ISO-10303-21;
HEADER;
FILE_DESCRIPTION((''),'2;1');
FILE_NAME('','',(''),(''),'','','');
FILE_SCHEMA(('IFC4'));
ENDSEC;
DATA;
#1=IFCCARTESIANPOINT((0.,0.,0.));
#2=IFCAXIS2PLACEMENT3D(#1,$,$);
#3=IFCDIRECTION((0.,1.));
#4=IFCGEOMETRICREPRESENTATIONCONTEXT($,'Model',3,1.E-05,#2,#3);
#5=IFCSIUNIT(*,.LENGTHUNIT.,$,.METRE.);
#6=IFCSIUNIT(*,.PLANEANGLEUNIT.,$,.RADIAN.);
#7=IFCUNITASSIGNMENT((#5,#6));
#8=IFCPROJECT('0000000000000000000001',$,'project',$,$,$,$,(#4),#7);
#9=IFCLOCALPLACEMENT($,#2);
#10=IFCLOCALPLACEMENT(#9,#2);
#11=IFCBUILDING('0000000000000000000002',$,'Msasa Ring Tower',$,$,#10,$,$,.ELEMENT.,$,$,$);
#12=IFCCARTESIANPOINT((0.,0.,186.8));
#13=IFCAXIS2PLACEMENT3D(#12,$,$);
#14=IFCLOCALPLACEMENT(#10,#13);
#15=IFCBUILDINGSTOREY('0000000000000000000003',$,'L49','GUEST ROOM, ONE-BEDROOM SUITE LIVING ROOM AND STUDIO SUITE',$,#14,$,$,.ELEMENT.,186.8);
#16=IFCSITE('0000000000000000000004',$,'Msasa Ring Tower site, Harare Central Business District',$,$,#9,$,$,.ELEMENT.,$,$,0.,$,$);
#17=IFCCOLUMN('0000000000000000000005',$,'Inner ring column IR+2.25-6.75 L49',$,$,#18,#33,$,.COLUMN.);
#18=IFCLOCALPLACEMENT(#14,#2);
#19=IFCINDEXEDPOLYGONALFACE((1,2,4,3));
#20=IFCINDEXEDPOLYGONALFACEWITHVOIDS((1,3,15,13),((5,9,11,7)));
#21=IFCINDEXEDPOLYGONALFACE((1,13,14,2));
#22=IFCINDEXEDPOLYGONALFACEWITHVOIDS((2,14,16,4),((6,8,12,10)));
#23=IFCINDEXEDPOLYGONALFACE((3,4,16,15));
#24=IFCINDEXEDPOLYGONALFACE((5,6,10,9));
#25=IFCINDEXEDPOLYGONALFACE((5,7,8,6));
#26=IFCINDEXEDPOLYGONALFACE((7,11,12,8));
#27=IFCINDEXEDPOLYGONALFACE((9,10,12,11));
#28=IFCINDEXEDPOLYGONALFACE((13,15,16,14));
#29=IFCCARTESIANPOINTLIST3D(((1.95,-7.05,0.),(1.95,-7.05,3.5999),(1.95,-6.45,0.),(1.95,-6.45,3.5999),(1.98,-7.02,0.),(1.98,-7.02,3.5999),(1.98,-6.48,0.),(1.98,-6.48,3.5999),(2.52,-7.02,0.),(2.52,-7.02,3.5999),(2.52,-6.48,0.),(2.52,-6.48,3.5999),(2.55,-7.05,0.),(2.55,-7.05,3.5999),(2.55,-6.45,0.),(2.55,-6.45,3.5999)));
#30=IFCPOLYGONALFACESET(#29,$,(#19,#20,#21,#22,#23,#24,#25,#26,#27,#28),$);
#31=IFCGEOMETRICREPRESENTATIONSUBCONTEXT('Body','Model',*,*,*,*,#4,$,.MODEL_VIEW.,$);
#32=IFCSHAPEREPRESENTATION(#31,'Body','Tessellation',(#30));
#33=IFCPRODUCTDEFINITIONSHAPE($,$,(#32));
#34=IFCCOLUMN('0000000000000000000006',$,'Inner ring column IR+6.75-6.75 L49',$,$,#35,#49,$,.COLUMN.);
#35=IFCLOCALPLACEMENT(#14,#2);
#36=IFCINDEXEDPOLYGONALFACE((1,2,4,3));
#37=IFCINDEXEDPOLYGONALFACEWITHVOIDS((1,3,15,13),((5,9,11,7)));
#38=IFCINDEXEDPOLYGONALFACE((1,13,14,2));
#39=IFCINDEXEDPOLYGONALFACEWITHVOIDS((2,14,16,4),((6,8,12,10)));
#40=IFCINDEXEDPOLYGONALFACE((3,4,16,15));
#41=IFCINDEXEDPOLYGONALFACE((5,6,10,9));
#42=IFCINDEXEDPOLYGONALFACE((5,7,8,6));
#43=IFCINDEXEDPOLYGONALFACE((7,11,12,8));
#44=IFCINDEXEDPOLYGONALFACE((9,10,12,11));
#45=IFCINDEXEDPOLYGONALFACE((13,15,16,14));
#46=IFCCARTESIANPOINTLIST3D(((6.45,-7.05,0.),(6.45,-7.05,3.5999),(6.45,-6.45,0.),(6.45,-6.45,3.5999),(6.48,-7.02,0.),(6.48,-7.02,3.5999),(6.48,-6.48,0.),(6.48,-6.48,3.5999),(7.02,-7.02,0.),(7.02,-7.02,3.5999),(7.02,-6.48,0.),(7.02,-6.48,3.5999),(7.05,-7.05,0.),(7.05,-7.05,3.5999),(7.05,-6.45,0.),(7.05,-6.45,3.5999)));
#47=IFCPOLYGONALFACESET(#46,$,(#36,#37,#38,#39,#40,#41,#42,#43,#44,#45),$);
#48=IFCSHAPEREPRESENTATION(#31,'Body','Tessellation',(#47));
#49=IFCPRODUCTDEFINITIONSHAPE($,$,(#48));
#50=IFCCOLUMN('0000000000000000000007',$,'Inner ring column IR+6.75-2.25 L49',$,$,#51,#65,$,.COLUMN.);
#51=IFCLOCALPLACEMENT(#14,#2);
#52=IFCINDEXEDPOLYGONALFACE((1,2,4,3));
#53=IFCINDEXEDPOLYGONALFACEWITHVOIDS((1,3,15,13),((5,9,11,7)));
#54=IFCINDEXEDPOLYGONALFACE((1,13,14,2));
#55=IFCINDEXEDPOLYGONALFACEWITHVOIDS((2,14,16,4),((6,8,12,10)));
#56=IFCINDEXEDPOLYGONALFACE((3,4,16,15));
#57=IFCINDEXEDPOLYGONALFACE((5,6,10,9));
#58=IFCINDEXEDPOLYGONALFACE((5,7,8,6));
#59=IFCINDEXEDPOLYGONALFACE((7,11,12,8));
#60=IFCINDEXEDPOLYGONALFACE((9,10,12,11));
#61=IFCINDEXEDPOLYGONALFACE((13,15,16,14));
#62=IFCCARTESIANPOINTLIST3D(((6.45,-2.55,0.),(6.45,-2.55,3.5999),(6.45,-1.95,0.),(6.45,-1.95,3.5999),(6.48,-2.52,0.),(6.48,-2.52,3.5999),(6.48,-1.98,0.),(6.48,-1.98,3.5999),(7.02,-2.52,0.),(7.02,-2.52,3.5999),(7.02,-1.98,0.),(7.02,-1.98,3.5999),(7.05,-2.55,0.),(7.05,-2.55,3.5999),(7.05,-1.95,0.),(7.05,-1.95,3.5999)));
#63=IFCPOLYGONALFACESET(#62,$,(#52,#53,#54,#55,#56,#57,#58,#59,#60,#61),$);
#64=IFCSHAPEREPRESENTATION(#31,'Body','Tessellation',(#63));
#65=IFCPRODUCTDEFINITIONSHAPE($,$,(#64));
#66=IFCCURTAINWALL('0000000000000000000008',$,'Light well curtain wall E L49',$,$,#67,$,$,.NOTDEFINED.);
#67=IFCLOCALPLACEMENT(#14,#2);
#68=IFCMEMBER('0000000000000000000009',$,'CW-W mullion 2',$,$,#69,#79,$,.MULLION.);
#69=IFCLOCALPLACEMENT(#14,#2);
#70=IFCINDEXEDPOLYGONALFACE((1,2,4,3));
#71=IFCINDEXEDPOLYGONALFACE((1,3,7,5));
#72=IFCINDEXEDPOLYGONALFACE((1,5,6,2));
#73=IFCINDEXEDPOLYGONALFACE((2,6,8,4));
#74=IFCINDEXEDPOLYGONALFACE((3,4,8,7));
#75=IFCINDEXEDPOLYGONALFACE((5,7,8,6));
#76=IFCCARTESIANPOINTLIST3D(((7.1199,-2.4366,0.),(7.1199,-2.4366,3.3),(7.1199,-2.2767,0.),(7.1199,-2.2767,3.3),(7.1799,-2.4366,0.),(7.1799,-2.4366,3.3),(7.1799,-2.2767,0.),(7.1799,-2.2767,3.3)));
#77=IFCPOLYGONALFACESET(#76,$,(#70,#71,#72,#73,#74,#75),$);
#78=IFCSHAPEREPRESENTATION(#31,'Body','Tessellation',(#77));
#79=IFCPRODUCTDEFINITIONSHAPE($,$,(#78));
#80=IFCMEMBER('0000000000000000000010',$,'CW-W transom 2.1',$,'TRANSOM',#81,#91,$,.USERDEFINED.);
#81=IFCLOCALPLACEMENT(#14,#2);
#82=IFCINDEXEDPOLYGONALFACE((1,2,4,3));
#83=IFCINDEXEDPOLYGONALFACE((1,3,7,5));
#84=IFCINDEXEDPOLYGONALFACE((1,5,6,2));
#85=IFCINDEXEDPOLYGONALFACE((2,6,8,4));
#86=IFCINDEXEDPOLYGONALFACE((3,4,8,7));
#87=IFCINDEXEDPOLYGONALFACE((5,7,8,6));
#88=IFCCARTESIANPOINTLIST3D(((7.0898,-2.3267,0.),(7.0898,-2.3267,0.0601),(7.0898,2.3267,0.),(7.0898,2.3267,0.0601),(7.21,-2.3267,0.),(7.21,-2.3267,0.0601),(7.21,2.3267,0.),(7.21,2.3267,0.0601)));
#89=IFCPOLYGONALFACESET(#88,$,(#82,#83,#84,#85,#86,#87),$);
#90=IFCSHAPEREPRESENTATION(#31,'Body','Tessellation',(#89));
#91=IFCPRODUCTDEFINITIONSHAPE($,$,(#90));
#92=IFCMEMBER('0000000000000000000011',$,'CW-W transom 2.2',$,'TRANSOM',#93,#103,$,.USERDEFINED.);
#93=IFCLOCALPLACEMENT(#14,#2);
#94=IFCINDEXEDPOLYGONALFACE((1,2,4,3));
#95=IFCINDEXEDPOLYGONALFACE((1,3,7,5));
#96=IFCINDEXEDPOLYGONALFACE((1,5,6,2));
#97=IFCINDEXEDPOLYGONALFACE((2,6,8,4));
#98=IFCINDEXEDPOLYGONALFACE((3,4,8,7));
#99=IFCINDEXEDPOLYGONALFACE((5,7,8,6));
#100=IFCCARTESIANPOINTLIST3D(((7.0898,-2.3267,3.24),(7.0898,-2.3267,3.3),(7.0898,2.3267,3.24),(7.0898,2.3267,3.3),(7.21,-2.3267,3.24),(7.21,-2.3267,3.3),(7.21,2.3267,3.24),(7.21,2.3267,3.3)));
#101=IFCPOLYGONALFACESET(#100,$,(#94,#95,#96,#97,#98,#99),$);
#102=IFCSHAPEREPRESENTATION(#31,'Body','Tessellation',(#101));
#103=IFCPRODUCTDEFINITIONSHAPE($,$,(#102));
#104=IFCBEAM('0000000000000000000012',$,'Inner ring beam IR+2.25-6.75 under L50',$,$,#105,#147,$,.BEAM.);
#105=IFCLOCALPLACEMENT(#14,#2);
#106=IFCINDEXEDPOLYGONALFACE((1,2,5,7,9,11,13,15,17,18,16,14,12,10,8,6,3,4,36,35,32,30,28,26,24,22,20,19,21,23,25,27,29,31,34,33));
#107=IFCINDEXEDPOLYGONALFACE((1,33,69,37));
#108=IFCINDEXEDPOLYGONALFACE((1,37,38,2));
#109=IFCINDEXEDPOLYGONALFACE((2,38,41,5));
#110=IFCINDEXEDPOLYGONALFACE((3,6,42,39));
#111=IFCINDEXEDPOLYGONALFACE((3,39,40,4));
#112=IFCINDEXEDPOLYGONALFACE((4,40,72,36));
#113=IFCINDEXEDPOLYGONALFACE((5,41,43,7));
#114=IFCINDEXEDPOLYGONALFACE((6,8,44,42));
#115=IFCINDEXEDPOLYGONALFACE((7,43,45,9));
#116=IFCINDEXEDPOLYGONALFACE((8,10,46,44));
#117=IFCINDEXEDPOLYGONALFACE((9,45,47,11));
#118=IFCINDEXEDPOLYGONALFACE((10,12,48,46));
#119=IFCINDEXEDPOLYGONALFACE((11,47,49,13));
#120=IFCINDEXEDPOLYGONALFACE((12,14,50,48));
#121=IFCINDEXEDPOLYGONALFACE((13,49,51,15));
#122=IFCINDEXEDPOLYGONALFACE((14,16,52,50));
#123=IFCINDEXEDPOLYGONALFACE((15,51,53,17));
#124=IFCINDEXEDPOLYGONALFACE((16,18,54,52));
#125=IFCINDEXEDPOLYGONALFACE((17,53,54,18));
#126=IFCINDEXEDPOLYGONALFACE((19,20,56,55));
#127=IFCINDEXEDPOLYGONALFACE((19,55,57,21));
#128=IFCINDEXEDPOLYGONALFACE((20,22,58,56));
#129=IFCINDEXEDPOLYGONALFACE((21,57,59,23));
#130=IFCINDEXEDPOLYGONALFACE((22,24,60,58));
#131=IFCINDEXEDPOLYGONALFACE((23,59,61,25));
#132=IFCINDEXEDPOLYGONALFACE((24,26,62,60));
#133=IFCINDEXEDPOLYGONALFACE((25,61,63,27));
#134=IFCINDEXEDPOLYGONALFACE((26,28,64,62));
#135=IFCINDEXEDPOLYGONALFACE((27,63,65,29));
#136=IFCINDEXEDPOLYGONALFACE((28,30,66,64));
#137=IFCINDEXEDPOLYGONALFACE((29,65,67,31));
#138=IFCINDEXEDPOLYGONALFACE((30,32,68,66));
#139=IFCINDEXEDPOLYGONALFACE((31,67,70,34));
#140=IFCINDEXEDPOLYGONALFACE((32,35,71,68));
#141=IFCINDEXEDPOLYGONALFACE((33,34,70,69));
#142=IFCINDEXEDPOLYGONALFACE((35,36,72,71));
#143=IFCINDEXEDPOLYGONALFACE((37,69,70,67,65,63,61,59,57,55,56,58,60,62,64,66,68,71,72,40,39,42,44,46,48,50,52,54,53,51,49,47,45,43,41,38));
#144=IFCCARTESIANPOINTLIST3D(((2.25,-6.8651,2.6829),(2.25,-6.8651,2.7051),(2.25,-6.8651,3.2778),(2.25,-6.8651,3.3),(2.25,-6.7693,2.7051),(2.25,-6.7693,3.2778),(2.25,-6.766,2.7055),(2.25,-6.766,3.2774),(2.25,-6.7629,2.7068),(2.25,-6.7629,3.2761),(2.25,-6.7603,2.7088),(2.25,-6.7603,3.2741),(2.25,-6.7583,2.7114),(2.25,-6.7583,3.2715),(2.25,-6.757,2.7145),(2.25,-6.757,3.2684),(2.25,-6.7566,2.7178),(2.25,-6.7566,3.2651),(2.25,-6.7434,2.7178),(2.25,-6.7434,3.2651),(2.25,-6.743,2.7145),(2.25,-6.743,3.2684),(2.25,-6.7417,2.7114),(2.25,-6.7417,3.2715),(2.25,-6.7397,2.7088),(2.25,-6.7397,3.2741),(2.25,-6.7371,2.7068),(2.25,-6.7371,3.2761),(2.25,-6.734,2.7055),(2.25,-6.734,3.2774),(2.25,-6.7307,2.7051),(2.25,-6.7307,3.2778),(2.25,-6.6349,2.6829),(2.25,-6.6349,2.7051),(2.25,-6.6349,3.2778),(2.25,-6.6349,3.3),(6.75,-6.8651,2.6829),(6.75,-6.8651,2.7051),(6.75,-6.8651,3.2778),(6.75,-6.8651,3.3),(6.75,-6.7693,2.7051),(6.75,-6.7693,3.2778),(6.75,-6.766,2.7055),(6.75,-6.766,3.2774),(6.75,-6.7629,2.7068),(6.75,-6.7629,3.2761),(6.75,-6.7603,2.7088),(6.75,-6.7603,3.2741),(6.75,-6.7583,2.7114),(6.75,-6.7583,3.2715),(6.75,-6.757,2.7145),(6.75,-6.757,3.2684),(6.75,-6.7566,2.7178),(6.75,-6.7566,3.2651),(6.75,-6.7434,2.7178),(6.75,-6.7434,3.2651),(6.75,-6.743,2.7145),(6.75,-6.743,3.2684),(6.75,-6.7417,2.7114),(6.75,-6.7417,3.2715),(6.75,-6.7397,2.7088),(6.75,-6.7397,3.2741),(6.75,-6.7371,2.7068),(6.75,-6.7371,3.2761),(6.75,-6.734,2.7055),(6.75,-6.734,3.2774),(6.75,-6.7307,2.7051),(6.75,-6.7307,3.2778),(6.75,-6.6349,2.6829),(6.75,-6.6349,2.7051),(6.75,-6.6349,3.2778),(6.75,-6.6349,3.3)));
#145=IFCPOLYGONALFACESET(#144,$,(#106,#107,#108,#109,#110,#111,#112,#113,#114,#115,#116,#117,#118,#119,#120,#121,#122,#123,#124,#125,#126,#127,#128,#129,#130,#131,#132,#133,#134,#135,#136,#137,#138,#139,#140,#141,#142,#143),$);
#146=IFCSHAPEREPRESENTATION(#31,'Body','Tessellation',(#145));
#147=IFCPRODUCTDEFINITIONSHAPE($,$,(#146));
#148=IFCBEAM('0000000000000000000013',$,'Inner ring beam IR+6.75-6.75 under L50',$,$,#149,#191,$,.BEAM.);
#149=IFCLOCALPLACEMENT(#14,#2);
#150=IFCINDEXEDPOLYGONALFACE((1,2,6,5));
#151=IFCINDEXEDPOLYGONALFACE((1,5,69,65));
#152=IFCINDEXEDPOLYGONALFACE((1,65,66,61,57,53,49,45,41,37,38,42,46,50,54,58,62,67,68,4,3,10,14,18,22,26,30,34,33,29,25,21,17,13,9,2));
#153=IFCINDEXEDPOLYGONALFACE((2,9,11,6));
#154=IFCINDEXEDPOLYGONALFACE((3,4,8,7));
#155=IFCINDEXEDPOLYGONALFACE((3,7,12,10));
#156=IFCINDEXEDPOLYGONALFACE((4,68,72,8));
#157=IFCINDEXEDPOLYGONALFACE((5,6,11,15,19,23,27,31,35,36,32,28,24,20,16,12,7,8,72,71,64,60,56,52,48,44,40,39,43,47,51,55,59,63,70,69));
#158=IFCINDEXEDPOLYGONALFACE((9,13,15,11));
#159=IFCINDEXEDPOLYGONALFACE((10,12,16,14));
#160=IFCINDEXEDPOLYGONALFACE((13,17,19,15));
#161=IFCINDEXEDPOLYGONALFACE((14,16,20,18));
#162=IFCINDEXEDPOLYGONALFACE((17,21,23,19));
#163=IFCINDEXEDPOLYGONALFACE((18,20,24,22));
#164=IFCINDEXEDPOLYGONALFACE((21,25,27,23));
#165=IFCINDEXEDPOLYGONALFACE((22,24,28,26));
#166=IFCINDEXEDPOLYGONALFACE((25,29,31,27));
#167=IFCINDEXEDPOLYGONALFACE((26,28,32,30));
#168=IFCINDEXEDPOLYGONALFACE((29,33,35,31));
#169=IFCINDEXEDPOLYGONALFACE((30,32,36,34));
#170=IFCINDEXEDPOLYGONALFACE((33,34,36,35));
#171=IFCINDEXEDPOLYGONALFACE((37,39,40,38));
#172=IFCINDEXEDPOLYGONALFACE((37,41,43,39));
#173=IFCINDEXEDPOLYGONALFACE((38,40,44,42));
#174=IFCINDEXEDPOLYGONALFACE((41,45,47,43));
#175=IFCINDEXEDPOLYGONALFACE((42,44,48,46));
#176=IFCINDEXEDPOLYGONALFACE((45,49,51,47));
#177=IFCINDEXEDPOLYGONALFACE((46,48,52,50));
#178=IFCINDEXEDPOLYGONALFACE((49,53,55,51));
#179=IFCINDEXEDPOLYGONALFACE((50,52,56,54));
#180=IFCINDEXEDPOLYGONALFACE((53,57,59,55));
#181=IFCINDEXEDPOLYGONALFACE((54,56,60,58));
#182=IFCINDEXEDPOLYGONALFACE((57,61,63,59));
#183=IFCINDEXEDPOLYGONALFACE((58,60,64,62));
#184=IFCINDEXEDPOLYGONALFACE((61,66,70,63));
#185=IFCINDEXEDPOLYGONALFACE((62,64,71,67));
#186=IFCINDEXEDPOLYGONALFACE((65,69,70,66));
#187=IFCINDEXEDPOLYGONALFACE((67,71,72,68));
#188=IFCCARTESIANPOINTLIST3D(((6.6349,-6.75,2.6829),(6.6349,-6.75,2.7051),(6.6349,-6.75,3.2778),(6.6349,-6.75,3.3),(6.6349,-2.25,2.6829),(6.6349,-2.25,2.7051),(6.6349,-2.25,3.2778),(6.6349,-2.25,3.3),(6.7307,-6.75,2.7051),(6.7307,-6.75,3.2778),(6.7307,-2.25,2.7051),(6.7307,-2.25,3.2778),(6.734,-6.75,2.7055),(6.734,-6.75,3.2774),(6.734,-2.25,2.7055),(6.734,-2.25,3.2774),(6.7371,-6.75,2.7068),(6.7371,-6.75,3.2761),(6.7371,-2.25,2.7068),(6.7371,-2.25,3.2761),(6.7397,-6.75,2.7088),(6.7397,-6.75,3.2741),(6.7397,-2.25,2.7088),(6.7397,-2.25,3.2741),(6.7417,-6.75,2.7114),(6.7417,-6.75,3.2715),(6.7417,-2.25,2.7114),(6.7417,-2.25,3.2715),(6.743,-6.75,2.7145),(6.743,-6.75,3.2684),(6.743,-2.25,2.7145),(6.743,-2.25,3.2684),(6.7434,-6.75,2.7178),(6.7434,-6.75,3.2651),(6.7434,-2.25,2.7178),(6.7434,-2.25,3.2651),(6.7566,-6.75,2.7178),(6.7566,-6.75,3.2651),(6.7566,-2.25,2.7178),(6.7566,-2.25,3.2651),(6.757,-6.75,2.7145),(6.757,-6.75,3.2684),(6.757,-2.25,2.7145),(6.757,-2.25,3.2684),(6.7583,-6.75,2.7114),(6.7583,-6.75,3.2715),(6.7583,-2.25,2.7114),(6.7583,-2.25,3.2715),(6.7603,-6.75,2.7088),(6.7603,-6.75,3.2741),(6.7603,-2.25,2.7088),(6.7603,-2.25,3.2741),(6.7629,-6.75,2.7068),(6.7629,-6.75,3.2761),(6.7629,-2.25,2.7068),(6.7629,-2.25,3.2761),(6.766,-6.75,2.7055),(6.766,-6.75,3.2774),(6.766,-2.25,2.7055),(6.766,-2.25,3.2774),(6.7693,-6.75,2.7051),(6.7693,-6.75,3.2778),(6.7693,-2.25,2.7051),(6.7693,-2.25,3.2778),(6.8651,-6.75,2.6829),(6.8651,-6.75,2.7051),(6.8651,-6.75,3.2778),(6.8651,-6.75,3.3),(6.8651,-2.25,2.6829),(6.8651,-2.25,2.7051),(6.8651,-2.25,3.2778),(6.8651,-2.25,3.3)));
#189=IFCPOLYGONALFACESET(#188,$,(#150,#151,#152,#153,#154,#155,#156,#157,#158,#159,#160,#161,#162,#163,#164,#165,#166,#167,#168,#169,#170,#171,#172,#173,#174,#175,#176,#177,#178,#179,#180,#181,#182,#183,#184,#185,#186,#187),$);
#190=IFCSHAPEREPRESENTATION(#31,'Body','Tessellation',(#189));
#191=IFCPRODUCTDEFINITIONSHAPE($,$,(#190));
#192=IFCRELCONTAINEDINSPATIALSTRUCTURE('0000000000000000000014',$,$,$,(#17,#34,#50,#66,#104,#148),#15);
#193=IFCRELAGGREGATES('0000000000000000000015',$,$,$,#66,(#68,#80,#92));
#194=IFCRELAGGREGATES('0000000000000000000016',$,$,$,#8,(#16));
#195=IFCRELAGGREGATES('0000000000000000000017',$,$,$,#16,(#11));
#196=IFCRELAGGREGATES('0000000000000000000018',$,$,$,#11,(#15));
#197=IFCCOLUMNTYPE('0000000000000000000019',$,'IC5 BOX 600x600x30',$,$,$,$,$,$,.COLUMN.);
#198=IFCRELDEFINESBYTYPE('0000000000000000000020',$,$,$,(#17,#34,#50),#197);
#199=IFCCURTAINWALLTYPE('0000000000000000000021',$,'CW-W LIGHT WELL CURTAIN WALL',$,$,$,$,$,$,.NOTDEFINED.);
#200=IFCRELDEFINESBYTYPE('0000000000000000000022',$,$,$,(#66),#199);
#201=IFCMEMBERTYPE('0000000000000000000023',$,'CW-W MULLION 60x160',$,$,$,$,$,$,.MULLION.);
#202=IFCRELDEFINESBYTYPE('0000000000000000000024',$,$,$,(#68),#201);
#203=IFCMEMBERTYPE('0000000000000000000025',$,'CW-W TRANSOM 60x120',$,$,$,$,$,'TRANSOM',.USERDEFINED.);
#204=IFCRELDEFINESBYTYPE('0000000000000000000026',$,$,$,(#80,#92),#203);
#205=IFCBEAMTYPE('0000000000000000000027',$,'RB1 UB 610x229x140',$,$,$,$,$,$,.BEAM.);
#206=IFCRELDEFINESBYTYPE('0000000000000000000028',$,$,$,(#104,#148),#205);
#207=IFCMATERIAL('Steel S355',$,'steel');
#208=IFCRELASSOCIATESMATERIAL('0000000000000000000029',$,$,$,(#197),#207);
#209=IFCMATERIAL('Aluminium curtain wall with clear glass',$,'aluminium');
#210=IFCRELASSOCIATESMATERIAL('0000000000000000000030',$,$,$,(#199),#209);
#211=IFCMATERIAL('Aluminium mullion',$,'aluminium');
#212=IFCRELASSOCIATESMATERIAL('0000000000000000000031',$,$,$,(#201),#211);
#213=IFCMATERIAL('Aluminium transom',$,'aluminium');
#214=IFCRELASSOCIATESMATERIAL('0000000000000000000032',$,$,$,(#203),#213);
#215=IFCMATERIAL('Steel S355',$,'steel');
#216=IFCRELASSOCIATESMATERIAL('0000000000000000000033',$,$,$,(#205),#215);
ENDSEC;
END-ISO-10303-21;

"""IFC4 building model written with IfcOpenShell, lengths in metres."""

from ifc_helpers import new_model, si_unit, direction, frame, origin, origin_2d, place, context, subcontext, project, spatial, rectangle, hollow_rectangle, i_section, extrude, material, material_profile, profile_set, type_object, element, aggregate, save


model = new_model("IFC4")

# Units and contexts
model_context = context("Model", 3, precision=1e-05, world=origin(), true_north=direction((0.0, 1.0)))
body_context = subcontext(model_context, "Body", "Model", "MODEL_VIEW")
ifc_project = project(units=[si_unit("LENGTHUNIT", "METRE"), si_unit("PLANEANGLEUNIT", "RADIAN")], contexts=[model_context])

# Site, building, storey
site_placement = place(None, origin())
site = spatial("IfcSite", under=ifc_project, at=site_placement, Name="Msasa Ring Tower site, Harare Central Business District", CompositionType="ELEMENT", RefElevation=0.0)
building_placement = place(site_placement, origin())
building = spatial("IfcBuilding", under=site, at=building_placement, Name="Msasa Ring Tower", CompositionType="ELEMENT")
storey_placement = place(building_placement, frame((0.0, 0.0, 186.8)))
storey = spatial("IfcBuildingStorey", under=building, at=storey_placement, Name="L49", Description="GUEST ROOM, ONE-BEDROOM SUITE LIVING ROOM AND STUDIO SUITE", CompositionType="ELEMENT", Elevation=186.8)

# Columns
ifc_material_1 = material(Name="Steel S355", Category="steel")
ifc_material_profile_1 = material_profile(ifc_material_1, hollow_rectangle(XDim=0.6001, YDim=0.6001, WallThickness=0.03, at=origin_2d()), Name="BOX 600x600x30")
ifc_profile_set_1 = profile_set([ifc_material_profile_1], Name="Steel S355")
column_type = type_object("IfcColumnType", Name="IC5 BOX 600x600x30", PredefinedType="COLUMN", material=ifc_profile_set_1)
for number, where, z_axis, x_axis, name in (
    (1, (2.25, -6.75, 0.0), (0.0, 0.0, 1.0), (1.0, 0.0, 0.0), "Inner ring column IR+2.25-6.75 L49"),
    (2, (6.75, -6.75, 0.0), (0.0, 0.0, 1.0), (1.0, 0.0, 0.0), "Inner ring column IR+6.75-6.75 L49"),
    (3, (6.75, -2.25, 0.0), (0.0, 0.0, 1.0), (1.0, 0.0, 0.0), "Inner ring column IR+6.75-2.25 L49"),
):
    element("IfcColumn", number, at=place(storey_placement, frame(where, z_axis=z_axis, x_axis=x_axis)), inside=storey, type_object=column_type, Name=name, PredefinedType="COLUMN", context=body_context, shape_type="SweptSolid", body=[
        extrude(hollow_rectangle(XDim=0.6001, YDim=0.6001, WallThickness=0.03, at=origin_2d()), origin(), (0.0, 0.0, 1.0), 3.5999),
    ])

# Curtain wall, members
ifc_material_2 = material(Name="Aluminium curtain wall with clear glass", Category="aluminium")
curtain_wall_type = type_object("IfcCurtainWallType", Name="CW-W LIGHT WELL CURTAIN WALL", PredefinedType="NOTDEFINED", material=ifc_material_2)
curtain_wall_placement = place(storey_placement, origin())
curtain_wall = element("IfcCurtainWall", 4, at=curtain_wall_placement, inside=storey, type_object=curtain_wall_type, Name="Light well curtain wall E L49", PredefinedType="NOTDEFINED")
ifc_material_3 = material(Name="Aluminium mullion", Category="aluminium")
ifc_material_profile_2 = material_profile(ifc_material_3, rectangle(XDim=0.0601, YDim=0.1599, at=origin_2d()), Name="AL 60x160")
ifc_profile_set_2 = profile_set([ifc_material_profile_2], Name="Aluminium mullion")
member_type_1 = type_object("IfcMemberType", Name="CW-W MULLION 60x160", PredefinedType="MULLION", material=ifc_profile_set_2)
member_1_placement = place(storey_placement, frame((7.1499, -2.3567, 0.0), z_axis=(0.0, 0.0, 1.0), x_axis=(-1.0, 0.0, 0.0)))
member_1 = element("IfcMember", 5, at=member_1_placement, type_object=member_type_1, Name="CW-W mullion 2", PredefinedType="MULLION", context=body_context, shape_type="SweptSolid", body=[
    extrude(rectangle(XDim=0.0601, YDim=0.1599, at=origin_2d()), origin(), (0.0, 0.0, 1.0), 3.3),
])
ifc_material_4 = material(Name="Aluminium transom", Category="aluminium")
ifc_material_profile_3 = material_profile(ifc_material_4, rectangle(XDim=0.1201, YDim=0.0601, at=origin_2d()), Name="AL 60x120")
ifc_profile_set_3 = profile_set([ifc_material_profile_3], Name="Aluminium transom")
member_type_2 = type_object("IfcMemberType", Name="CW-W TRANSOM 60x120", ElementType="TRANSOM", PredefinedType="USERDEFINED", material=ifc_profile_set_3)
member_2_placement = place(storey_placement, frame((7.1499, -2.3267, 0.03), z_axis=(0.0, 1.0, 0.0), x_axis=(-1.0, 0.0, 0.0)))
member_2 = element("IfcMember", 6, at=member_2_placement, type_object=member_type_2, Name="CW-W transom 2.1", ObjectType="TRANSOM", PredefinedType="USERDEFINED", context=body_context, shape_type="SweptSolid", body=[
    extrude(rectangle(XDim=0.1201, YDim=0.0601, at=origin_2d()), origin(), (0.0, 0.0, 1.0), 4.6533),
])
member_3_placement = place(storey_placement, frame((7.1499, -2.3267, 3.27), z_axis=(0.0, 1.0, 0.0), x_axis=(-1.0, 0.0, 0.0)))
member_3 = element("IfcMember", 7, at=member_3_placement, type_object=member_type_2, Name="CW-W transom 2.2", ObjectType="TRANSOM", PredefinedType="USERDEFINED", context=body_context, shape_type="SweptSolid", body=[
    extrude(rectangle(XDim=0.1201, YDim=0.0601, at=origin_2d()), origin(), (0.0, 0.0, 1.0), 4.6533),
])

# Beams
ifc_material_5 = material(Name="Steel S355", Category="steel")
ifc_material_profile_4 = material_profile(ifc_material_5, i_section(OverallWidth=0.2302, OverallDepth=0.6172, WebThickness=0.0132, FlangeThickness=0.0222, FilletRadius=0.0127, at=origin_2d()), Name="UB 610x229x140")
ifc_profile_set_4 = profile_set([ifc_material_profile_4], Name="Steel S355")
beam_type = type_object("IfcBeamType", Name="RB1 UB 610x229x140", PredefinedType="BEAM", material=ifc_profile_set_4)
for number, where, z_axis, x_axis, name in (
    (8, (2.25, -6.75, 2.9915), (1.0, 0.0, 0.0), (0.0, 1.0, 0.0), "Inner ring beam IR+2.25-6.75 under L50"),
    (9, (6.75, -6.75, 2.9915), (0.0, 1.0, 0.0), (-1.0, 0.0, 0.0), "Inner ring beam IR+6.75-6.75 under L50"),
):
    element("IfcBeam", number, at=place(storey_placement, frame(where, z_axis=z_axis, x_axis=x_axis)), inside=storey, type_object=beam_type, Name=name, PredefinedType="BEAM", context=body_context, shape_type="SweptSolid", body=[
        extrude(i_section(OverallWidth=0.2302, OverallDepth=0.6172, WebThickness=0.0132, FlangeThickness=0.0222, FilletRadius=0.0127, at=origin_2d()), origin(), (0.0, 0.0, 1.0), 4.5),
    ])

aggregate(curtain_wall, [member_1, member_2, member_3])

save(model, "model.ifc")
